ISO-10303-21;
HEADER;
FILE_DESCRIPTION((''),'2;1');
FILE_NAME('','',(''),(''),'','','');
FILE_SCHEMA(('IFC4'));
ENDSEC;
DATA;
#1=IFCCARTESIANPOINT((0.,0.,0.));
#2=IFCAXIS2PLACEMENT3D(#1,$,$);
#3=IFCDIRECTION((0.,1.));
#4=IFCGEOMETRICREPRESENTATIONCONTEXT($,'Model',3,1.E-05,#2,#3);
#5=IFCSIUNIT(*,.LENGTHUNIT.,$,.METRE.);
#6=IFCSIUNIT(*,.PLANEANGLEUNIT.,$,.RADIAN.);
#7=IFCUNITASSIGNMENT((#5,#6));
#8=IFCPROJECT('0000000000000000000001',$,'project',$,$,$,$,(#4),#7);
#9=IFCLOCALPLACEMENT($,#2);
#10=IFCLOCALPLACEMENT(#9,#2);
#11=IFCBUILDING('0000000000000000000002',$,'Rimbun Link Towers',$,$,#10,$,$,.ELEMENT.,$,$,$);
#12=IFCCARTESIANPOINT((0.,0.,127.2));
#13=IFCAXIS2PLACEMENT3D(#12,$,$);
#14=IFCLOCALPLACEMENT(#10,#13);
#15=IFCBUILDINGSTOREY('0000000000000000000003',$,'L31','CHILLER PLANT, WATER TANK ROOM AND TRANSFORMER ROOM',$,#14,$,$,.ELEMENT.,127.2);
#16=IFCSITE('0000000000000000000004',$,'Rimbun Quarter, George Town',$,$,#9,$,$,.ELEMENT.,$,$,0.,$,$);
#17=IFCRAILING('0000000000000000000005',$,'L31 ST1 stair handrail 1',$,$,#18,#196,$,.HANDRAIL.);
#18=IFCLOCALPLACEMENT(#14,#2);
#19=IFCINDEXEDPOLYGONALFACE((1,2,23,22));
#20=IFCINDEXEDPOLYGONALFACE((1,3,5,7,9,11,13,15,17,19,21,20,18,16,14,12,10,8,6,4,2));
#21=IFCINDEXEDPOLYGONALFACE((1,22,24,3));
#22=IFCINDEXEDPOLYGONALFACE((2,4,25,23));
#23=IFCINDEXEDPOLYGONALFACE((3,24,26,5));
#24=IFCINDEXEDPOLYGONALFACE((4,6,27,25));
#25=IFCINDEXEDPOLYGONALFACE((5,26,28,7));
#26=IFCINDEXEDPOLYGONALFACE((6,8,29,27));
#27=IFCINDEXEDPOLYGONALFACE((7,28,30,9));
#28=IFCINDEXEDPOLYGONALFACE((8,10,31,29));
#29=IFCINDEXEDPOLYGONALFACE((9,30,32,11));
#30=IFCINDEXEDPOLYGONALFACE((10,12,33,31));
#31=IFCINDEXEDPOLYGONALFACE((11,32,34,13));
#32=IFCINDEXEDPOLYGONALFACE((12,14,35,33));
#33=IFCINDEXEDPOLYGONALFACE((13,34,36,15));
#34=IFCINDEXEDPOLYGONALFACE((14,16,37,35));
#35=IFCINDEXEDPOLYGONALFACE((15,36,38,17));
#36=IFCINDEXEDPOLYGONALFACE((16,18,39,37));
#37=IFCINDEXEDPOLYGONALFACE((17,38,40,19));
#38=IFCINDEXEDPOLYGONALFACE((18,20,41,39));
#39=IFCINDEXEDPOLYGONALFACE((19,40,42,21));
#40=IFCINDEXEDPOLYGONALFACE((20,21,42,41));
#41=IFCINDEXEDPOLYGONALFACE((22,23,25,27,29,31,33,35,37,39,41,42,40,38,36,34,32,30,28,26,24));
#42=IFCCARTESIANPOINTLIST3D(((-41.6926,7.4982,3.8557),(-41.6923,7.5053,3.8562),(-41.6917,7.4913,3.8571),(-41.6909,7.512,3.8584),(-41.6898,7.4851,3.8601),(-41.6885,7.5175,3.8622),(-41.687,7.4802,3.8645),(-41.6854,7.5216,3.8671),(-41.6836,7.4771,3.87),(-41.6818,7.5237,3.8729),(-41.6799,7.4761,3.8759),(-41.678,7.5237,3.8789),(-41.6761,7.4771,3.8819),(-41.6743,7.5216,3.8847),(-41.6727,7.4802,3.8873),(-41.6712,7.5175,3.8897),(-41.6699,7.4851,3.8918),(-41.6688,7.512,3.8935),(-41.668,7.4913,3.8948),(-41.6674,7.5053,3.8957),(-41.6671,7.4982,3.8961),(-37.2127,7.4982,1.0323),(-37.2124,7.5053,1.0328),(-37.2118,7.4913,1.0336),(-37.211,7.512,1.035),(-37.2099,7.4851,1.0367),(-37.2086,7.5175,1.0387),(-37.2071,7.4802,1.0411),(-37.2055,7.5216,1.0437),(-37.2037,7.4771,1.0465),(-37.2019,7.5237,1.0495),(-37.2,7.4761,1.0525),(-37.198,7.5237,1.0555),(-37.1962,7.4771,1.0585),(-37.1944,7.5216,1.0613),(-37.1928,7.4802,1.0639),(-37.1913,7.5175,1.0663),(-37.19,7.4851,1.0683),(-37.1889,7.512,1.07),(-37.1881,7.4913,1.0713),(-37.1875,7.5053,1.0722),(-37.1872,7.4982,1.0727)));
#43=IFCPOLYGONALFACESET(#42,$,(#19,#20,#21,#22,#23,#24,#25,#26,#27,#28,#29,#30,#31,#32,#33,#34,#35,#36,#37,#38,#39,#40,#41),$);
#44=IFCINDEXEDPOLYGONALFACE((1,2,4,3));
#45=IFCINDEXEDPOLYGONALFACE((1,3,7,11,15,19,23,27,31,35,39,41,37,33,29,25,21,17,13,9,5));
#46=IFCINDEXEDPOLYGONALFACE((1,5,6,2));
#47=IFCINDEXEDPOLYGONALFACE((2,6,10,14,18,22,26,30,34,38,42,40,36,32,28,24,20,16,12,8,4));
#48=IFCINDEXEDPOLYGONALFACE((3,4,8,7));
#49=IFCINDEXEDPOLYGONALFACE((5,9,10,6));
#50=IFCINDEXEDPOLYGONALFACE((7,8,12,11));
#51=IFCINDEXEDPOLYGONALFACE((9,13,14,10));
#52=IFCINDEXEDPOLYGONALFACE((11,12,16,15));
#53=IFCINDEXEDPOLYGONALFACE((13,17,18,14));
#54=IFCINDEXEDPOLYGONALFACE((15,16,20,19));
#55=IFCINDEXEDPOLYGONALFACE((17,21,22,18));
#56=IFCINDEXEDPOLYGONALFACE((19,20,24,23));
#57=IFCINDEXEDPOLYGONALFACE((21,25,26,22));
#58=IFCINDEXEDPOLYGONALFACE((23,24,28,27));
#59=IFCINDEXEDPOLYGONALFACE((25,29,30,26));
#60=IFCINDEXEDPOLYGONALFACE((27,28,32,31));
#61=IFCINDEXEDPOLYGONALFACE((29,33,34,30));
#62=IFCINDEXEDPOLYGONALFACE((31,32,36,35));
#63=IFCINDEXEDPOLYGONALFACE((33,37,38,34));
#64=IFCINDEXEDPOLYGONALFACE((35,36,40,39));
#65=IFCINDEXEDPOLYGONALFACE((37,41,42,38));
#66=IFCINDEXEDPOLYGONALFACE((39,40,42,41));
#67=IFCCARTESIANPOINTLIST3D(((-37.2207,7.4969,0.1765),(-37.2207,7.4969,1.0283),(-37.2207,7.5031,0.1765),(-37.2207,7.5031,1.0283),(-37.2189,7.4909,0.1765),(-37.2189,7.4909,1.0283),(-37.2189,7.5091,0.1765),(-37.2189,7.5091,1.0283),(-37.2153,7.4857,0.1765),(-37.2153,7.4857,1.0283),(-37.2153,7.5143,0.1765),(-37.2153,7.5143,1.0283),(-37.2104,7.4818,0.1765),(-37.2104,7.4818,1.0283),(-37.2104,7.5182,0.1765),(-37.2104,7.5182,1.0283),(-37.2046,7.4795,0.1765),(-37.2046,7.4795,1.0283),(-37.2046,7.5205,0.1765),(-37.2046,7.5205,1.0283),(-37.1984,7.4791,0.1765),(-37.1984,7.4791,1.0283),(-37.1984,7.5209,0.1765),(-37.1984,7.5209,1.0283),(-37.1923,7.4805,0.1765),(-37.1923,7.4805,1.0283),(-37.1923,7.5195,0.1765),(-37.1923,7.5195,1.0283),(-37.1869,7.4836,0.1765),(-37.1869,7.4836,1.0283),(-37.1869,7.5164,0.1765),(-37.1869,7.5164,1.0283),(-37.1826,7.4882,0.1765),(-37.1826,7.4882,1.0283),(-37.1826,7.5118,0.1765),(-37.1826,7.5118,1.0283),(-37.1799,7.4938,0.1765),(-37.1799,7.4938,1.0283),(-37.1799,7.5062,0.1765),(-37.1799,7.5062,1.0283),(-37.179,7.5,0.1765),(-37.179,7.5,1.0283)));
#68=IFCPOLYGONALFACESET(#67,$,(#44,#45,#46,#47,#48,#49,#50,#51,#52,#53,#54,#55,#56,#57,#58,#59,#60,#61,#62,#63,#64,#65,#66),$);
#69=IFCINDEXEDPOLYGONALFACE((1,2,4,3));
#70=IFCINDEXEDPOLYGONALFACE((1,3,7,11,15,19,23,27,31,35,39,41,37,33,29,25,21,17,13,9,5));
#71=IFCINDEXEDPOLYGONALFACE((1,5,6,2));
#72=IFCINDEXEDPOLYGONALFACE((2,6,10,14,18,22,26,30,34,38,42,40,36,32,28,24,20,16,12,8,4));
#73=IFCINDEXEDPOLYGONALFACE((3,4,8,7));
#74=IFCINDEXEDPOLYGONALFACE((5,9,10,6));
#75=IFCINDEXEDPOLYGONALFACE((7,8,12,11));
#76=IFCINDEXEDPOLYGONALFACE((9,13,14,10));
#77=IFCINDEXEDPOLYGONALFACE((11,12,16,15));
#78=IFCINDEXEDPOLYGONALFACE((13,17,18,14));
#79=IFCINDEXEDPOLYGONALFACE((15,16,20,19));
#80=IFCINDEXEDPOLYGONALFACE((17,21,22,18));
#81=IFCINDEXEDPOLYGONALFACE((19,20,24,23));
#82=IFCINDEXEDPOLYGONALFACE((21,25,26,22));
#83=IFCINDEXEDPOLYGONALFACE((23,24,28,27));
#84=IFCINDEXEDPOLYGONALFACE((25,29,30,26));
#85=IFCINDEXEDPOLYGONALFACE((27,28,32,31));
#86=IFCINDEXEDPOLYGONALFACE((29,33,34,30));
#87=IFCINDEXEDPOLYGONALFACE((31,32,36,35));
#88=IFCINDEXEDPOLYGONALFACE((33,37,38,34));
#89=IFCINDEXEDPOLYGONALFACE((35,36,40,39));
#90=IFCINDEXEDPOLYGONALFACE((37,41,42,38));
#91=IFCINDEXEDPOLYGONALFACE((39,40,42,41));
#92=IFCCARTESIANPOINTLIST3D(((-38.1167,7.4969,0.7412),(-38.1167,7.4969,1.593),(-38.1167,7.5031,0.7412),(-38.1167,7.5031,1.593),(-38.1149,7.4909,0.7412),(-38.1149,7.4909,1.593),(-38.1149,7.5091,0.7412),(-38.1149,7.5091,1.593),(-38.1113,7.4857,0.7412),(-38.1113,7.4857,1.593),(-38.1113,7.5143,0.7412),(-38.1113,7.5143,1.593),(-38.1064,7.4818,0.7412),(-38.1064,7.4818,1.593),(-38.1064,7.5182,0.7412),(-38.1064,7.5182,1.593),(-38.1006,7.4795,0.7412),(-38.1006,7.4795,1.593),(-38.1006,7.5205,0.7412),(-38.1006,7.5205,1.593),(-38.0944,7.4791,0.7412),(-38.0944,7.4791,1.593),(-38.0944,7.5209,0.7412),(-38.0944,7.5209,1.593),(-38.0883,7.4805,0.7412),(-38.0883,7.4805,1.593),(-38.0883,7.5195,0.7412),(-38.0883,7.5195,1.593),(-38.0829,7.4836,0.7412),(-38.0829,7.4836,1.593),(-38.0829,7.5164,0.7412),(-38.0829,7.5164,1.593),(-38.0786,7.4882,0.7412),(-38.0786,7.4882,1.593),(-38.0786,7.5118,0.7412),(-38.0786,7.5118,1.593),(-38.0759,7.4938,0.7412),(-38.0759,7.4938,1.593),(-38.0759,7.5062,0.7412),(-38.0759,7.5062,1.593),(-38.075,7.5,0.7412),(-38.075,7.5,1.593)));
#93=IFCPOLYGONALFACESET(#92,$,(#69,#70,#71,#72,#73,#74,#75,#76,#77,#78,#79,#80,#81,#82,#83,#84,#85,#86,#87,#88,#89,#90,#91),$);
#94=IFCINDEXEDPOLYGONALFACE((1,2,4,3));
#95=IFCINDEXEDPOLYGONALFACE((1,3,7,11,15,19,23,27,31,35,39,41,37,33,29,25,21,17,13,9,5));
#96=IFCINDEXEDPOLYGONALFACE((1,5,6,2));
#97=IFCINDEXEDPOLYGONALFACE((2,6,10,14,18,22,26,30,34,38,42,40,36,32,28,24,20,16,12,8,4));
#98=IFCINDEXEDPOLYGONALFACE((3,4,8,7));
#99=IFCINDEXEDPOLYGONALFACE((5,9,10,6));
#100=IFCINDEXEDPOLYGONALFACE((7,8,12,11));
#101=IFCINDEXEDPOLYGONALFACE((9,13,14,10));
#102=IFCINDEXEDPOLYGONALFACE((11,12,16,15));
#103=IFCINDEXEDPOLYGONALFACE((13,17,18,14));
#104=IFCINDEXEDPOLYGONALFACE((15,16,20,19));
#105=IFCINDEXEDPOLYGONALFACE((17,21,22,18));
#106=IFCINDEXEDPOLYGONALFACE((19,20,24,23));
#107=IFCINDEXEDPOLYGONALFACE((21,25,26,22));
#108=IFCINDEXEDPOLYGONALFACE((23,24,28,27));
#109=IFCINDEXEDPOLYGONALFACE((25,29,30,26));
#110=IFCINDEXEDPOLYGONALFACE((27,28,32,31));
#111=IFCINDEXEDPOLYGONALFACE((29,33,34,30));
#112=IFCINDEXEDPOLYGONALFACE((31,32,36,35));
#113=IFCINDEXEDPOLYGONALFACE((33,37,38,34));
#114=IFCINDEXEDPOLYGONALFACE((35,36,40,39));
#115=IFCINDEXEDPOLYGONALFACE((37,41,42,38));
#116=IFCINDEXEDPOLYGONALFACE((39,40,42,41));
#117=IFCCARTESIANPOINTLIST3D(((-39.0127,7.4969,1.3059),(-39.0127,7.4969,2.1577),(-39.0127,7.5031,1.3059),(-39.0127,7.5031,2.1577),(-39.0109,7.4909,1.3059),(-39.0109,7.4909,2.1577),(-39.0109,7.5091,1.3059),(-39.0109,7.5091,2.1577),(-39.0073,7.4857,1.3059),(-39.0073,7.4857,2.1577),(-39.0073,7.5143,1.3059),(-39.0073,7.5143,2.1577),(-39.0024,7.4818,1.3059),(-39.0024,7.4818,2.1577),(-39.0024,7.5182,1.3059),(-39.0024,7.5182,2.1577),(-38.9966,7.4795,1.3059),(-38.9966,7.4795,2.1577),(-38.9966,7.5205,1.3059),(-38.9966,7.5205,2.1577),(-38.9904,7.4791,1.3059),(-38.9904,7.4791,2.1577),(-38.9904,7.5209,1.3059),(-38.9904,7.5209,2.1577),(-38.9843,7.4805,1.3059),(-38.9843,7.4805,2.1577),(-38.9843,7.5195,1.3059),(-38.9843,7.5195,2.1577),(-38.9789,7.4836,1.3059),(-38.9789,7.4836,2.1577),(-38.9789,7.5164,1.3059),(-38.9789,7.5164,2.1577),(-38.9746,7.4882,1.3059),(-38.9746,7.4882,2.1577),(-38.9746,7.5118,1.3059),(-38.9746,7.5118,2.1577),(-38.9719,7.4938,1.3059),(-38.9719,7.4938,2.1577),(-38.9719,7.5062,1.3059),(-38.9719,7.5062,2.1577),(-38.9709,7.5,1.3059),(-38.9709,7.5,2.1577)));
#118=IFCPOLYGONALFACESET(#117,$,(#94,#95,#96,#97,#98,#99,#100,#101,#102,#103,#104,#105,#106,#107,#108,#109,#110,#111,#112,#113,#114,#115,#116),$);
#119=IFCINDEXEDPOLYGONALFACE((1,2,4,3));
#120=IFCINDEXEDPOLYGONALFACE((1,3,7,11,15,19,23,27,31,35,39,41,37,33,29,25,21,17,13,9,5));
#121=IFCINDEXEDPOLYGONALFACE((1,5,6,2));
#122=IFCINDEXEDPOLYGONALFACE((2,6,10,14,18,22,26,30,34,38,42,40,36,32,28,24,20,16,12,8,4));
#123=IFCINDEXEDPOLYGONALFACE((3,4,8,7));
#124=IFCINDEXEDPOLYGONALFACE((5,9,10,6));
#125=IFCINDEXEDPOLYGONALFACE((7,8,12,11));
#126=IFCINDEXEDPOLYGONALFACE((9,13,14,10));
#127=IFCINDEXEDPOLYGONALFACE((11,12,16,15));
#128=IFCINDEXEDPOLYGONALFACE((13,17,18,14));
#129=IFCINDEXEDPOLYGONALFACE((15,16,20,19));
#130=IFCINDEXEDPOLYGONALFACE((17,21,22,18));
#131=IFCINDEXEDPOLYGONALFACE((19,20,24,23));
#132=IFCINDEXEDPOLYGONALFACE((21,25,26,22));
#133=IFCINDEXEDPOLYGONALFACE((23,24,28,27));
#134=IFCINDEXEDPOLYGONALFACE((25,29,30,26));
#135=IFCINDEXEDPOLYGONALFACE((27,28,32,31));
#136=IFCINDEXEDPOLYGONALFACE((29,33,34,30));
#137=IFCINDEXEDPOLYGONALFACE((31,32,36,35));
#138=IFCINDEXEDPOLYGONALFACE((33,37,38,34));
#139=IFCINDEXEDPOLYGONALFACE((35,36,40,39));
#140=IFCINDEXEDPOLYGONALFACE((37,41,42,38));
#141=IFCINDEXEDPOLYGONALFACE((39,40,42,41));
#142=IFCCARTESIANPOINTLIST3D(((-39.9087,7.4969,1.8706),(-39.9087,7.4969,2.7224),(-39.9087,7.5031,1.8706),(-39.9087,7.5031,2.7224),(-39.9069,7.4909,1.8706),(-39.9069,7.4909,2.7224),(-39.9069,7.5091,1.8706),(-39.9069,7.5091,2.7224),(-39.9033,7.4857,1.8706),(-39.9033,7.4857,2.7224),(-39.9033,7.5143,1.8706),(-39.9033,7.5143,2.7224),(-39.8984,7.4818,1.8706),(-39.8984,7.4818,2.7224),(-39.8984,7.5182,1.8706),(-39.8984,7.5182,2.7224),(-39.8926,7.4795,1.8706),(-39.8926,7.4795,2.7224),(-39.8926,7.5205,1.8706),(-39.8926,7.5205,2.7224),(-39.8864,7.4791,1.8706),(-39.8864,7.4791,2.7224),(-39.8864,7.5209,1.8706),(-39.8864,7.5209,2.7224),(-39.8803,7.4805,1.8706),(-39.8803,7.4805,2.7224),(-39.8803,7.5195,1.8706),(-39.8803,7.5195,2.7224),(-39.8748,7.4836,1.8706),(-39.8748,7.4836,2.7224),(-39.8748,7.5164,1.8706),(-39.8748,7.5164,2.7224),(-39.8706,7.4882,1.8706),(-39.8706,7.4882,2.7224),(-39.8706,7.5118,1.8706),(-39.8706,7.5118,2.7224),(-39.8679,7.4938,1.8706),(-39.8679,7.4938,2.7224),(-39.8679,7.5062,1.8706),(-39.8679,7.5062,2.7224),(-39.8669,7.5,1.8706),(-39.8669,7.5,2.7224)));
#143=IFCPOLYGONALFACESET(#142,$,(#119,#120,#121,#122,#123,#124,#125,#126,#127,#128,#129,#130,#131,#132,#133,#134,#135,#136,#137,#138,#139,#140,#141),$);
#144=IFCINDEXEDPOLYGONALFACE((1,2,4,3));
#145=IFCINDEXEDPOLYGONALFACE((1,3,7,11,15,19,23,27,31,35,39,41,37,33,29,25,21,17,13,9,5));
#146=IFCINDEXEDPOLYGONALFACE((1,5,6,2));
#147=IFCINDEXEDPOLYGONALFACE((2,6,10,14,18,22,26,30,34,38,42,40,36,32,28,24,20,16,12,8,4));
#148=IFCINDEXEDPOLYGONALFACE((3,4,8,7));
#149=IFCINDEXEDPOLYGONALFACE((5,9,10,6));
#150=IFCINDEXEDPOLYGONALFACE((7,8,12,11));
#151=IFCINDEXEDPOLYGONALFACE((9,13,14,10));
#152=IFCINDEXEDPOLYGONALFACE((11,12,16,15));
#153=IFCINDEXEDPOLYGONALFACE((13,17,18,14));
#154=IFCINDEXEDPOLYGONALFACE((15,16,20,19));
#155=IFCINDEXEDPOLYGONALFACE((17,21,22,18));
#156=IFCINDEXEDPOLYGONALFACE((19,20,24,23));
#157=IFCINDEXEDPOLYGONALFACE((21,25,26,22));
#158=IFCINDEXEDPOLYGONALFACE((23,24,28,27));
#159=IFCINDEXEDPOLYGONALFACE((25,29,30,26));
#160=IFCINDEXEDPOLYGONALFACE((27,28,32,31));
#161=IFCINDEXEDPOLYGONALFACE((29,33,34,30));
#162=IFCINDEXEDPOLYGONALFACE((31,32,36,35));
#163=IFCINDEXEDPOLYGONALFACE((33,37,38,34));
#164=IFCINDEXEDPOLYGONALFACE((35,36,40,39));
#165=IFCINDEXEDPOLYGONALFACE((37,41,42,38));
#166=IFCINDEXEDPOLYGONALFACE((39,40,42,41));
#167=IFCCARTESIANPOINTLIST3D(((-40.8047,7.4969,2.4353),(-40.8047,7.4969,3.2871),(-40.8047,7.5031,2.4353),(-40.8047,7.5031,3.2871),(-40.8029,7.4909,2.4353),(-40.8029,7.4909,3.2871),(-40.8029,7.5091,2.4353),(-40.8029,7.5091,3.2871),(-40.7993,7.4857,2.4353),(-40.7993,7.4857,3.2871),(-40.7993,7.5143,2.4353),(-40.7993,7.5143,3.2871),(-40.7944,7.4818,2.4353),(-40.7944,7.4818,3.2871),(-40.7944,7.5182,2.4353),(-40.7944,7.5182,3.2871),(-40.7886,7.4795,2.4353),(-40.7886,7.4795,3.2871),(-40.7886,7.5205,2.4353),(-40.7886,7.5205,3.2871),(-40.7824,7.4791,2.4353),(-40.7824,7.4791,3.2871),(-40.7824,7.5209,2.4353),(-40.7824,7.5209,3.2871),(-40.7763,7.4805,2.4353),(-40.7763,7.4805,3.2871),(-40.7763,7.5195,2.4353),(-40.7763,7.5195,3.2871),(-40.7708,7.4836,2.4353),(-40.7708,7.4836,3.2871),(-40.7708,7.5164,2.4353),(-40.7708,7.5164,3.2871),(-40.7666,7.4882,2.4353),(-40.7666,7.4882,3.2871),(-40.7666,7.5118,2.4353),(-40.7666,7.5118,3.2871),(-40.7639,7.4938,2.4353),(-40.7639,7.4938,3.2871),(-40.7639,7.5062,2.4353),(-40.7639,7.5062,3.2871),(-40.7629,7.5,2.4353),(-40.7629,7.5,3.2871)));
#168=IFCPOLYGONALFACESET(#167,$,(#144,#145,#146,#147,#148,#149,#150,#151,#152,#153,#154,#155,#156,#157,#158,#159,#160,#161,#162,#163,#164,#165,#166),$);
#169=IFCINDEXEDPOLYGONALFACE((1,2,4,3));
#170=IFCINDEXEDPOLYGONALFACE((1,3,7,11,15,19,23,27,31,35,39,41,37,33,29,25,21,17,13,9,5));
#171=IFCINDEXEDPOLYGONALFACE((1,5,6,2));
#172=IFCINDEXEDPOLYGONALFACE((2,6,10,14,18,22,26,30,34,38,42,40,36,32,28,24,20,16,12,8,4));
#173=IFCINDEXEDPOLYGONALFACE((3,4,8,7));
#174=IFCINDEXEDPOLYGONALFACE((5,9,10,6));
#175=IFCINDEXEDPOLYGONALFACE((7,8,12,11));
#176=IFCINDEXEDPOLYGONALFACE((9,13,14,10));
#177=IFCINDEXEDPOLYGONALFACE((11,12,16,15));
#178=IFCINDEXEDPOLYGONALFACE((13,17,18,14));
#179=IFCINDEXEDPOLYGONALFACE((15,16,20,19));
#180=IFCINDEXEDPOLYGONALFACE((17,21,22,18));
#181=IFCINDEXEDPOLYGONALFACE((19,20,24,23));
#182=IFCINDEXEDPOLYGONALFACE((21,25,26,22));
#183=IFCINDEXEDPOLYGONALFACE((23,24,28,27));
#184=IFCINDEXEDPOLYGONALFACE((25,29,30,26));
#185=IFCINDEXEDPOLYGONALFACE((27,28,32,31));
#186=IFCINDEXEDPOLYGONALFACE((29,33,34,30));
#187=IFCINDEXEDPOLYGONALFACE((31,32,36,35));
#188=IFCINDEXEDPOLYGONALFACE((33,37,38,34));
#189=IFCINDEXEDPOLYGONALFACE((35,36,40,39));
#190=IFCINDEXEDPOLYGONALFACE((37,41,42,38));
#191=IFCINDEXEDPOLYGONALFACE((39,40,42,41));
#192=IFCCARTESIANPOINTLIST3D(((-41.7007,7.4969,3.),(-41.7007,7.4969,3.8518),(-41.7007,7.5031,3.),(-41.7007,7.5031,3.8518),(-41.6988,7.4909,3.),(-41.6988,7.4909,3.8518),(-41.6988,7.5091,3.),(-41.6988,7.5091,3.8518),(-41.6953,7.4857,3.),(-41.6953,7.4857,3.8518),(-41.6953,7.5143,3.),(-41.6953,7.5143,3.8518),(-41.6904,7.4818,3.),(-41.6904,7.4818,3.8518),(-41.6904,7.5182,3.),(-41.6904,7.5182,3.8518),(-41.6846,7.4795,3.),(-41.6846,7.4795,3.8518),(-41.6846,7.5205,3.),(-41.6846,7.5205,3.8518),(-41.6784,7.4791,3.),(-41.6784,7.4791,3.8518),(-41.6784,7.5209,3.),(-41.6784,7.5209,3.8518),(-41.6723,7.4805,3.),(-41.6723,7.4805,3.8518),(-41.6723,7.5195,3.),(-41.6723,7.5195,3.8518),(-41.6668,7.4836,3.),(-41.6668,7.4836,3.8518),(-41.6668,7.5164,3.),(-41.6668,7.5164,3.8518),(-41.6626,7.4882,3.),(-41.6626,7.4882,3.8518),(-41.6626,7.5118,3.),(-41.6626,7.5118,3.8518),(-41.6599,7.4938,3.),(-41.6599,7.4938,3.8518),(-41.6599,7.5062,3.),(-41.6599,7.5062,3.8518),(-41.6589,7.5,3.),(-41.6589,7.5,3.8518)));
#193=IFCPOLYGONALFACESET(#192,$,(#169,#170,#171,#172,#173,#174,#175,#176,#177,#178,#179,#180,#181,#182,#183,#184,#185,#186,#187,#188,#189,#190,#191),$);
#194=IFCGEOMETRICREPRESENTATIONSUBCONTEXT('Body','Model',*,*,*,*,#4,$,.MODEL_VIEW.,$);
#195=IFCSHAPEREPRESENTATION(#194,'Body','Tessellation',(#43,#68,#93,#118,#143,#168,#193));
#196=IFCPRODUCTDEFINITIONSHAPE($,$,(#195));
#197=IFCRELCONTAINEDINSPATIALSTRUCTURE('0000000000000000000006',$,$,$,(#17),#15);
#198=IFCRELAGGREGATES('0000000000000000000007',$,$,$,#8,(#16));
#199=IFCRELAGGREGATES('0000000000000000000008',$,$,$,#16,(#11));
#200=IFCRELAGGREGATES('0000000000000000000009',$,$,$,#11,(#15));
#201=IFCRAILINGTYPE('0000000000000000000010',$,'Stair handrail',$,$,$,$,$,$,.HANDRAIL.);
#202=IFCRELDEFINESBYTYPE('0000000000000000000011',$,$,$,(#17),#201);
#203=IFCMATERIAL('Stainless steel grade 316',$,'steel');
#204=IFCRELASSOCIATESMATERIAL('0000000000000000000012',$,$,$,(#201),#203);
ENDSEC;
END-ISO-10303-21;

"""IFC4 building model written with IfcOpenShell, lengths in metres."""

from ifc_helpers import new_model, si_unit, direction, frame, origin, origin_2d, place, context, subcontext, project, spatial, circle, extrude, material, type_object, element, save


model = new_model("IFC4")

# Units and contexts
model_context = context("Model", 3, precision=1e-05, world=origin(), true_north=direction((0.0, 1.0)))
body_context = subcontext(model_context, "Body", "Model", "MODEL_VIEW")
ifc_project = project(units=[si_unit("LENGTHUNIT", "METRE"), si_unit("PLANEANGLEUNIT", "RADIAN")], contexts=[model_context])

# Site, building, storey
site_placement = place(None, origin())
site = spatial("IfcSite", under=ifc_project, at=site_placement, Name="Rimbun Quarter, George Town", CompositionType="ELEMENT", RefElevation=0.0)
building_placement = place(site_placement, origin())
building = spatial("IfcBuilding", under=site, at=building_placement, Name="Rimbun Link Towers", CompositionType="ELEMENT")
storey_placement = place(building_placement, frame((0.0, 0.0, 127.2)))
storey = spatial("IfcBuildingStorey", under=building, at=storey_placement, Name="L31", Description="CHILLER PLANT, WATER TANK ROOM AND TRANSFORMER ROOM", CompositionType="ELEMENT", Elevation=127.2)

# Railing
ifc_material_1 = material(Name="Stainless steel grade 316", Category="steel")
railing_type_1 = type_object("IfcRailingType", Name="Stair handrail", PredefinedType="HANDRAIL", material=ifc_material_1)
railing_1_placement = place(storey_placement, frame((-37.2, 7.5, 0.1765)))
element("IfcRailing", 1, at=railing_1_placement, inside=storey, type_object=railing_type_1, Name="L31 ST1 stair handrail 1", PredefinedType="HANDRAIL", context=body_context, shape_type="SweptSolid", body=[
    extrude(circle(Radius=0.0239, at=origin_2d()), frame((0.0, 0.0, 0.876), z_axis=(-0.845998, 0.0, 0.533186), x_axis=(0.0, -1.0, 0.0)), (0.0, 0.0, 1.0), 5.2954),
    extrude(circle(Radius=0.021, at=origin_2d()), origin(), (0.0, 0.0, 1.0), 0.8518),
    extrude(circle(Radius=0.021, at=origin_2d()), frame((-0.896, 0.0, 0.5647)), (0.0, 0.0, 1.0), 0.8518),
    extrude(circle(Radius=0.021, at=origin_2d()), frame((-1.792, 0.0, 1.1294)), (0.0, 0.0, 1.0), 0.8518),
    extrude(circle(Radius=0.021, at=origin_2d()), frame((-2.688, 0.0, 1.6941)), (0.0, 0.0, 1.0), 0.8518),
    extrude(circle(Radius=0.021, at=origin_2d()), frame((-3.584, 0.0, 2.2588)), (0.0, 0.0, 1.0), 0.8518),
    extrude(circle(Radius=0.021, at=origin_2d()), frame((-4.48, 0.0, 2.8235)), (0.0, 0.0, 1.0), 0.8518),
])

save(model, "model.ifc")
